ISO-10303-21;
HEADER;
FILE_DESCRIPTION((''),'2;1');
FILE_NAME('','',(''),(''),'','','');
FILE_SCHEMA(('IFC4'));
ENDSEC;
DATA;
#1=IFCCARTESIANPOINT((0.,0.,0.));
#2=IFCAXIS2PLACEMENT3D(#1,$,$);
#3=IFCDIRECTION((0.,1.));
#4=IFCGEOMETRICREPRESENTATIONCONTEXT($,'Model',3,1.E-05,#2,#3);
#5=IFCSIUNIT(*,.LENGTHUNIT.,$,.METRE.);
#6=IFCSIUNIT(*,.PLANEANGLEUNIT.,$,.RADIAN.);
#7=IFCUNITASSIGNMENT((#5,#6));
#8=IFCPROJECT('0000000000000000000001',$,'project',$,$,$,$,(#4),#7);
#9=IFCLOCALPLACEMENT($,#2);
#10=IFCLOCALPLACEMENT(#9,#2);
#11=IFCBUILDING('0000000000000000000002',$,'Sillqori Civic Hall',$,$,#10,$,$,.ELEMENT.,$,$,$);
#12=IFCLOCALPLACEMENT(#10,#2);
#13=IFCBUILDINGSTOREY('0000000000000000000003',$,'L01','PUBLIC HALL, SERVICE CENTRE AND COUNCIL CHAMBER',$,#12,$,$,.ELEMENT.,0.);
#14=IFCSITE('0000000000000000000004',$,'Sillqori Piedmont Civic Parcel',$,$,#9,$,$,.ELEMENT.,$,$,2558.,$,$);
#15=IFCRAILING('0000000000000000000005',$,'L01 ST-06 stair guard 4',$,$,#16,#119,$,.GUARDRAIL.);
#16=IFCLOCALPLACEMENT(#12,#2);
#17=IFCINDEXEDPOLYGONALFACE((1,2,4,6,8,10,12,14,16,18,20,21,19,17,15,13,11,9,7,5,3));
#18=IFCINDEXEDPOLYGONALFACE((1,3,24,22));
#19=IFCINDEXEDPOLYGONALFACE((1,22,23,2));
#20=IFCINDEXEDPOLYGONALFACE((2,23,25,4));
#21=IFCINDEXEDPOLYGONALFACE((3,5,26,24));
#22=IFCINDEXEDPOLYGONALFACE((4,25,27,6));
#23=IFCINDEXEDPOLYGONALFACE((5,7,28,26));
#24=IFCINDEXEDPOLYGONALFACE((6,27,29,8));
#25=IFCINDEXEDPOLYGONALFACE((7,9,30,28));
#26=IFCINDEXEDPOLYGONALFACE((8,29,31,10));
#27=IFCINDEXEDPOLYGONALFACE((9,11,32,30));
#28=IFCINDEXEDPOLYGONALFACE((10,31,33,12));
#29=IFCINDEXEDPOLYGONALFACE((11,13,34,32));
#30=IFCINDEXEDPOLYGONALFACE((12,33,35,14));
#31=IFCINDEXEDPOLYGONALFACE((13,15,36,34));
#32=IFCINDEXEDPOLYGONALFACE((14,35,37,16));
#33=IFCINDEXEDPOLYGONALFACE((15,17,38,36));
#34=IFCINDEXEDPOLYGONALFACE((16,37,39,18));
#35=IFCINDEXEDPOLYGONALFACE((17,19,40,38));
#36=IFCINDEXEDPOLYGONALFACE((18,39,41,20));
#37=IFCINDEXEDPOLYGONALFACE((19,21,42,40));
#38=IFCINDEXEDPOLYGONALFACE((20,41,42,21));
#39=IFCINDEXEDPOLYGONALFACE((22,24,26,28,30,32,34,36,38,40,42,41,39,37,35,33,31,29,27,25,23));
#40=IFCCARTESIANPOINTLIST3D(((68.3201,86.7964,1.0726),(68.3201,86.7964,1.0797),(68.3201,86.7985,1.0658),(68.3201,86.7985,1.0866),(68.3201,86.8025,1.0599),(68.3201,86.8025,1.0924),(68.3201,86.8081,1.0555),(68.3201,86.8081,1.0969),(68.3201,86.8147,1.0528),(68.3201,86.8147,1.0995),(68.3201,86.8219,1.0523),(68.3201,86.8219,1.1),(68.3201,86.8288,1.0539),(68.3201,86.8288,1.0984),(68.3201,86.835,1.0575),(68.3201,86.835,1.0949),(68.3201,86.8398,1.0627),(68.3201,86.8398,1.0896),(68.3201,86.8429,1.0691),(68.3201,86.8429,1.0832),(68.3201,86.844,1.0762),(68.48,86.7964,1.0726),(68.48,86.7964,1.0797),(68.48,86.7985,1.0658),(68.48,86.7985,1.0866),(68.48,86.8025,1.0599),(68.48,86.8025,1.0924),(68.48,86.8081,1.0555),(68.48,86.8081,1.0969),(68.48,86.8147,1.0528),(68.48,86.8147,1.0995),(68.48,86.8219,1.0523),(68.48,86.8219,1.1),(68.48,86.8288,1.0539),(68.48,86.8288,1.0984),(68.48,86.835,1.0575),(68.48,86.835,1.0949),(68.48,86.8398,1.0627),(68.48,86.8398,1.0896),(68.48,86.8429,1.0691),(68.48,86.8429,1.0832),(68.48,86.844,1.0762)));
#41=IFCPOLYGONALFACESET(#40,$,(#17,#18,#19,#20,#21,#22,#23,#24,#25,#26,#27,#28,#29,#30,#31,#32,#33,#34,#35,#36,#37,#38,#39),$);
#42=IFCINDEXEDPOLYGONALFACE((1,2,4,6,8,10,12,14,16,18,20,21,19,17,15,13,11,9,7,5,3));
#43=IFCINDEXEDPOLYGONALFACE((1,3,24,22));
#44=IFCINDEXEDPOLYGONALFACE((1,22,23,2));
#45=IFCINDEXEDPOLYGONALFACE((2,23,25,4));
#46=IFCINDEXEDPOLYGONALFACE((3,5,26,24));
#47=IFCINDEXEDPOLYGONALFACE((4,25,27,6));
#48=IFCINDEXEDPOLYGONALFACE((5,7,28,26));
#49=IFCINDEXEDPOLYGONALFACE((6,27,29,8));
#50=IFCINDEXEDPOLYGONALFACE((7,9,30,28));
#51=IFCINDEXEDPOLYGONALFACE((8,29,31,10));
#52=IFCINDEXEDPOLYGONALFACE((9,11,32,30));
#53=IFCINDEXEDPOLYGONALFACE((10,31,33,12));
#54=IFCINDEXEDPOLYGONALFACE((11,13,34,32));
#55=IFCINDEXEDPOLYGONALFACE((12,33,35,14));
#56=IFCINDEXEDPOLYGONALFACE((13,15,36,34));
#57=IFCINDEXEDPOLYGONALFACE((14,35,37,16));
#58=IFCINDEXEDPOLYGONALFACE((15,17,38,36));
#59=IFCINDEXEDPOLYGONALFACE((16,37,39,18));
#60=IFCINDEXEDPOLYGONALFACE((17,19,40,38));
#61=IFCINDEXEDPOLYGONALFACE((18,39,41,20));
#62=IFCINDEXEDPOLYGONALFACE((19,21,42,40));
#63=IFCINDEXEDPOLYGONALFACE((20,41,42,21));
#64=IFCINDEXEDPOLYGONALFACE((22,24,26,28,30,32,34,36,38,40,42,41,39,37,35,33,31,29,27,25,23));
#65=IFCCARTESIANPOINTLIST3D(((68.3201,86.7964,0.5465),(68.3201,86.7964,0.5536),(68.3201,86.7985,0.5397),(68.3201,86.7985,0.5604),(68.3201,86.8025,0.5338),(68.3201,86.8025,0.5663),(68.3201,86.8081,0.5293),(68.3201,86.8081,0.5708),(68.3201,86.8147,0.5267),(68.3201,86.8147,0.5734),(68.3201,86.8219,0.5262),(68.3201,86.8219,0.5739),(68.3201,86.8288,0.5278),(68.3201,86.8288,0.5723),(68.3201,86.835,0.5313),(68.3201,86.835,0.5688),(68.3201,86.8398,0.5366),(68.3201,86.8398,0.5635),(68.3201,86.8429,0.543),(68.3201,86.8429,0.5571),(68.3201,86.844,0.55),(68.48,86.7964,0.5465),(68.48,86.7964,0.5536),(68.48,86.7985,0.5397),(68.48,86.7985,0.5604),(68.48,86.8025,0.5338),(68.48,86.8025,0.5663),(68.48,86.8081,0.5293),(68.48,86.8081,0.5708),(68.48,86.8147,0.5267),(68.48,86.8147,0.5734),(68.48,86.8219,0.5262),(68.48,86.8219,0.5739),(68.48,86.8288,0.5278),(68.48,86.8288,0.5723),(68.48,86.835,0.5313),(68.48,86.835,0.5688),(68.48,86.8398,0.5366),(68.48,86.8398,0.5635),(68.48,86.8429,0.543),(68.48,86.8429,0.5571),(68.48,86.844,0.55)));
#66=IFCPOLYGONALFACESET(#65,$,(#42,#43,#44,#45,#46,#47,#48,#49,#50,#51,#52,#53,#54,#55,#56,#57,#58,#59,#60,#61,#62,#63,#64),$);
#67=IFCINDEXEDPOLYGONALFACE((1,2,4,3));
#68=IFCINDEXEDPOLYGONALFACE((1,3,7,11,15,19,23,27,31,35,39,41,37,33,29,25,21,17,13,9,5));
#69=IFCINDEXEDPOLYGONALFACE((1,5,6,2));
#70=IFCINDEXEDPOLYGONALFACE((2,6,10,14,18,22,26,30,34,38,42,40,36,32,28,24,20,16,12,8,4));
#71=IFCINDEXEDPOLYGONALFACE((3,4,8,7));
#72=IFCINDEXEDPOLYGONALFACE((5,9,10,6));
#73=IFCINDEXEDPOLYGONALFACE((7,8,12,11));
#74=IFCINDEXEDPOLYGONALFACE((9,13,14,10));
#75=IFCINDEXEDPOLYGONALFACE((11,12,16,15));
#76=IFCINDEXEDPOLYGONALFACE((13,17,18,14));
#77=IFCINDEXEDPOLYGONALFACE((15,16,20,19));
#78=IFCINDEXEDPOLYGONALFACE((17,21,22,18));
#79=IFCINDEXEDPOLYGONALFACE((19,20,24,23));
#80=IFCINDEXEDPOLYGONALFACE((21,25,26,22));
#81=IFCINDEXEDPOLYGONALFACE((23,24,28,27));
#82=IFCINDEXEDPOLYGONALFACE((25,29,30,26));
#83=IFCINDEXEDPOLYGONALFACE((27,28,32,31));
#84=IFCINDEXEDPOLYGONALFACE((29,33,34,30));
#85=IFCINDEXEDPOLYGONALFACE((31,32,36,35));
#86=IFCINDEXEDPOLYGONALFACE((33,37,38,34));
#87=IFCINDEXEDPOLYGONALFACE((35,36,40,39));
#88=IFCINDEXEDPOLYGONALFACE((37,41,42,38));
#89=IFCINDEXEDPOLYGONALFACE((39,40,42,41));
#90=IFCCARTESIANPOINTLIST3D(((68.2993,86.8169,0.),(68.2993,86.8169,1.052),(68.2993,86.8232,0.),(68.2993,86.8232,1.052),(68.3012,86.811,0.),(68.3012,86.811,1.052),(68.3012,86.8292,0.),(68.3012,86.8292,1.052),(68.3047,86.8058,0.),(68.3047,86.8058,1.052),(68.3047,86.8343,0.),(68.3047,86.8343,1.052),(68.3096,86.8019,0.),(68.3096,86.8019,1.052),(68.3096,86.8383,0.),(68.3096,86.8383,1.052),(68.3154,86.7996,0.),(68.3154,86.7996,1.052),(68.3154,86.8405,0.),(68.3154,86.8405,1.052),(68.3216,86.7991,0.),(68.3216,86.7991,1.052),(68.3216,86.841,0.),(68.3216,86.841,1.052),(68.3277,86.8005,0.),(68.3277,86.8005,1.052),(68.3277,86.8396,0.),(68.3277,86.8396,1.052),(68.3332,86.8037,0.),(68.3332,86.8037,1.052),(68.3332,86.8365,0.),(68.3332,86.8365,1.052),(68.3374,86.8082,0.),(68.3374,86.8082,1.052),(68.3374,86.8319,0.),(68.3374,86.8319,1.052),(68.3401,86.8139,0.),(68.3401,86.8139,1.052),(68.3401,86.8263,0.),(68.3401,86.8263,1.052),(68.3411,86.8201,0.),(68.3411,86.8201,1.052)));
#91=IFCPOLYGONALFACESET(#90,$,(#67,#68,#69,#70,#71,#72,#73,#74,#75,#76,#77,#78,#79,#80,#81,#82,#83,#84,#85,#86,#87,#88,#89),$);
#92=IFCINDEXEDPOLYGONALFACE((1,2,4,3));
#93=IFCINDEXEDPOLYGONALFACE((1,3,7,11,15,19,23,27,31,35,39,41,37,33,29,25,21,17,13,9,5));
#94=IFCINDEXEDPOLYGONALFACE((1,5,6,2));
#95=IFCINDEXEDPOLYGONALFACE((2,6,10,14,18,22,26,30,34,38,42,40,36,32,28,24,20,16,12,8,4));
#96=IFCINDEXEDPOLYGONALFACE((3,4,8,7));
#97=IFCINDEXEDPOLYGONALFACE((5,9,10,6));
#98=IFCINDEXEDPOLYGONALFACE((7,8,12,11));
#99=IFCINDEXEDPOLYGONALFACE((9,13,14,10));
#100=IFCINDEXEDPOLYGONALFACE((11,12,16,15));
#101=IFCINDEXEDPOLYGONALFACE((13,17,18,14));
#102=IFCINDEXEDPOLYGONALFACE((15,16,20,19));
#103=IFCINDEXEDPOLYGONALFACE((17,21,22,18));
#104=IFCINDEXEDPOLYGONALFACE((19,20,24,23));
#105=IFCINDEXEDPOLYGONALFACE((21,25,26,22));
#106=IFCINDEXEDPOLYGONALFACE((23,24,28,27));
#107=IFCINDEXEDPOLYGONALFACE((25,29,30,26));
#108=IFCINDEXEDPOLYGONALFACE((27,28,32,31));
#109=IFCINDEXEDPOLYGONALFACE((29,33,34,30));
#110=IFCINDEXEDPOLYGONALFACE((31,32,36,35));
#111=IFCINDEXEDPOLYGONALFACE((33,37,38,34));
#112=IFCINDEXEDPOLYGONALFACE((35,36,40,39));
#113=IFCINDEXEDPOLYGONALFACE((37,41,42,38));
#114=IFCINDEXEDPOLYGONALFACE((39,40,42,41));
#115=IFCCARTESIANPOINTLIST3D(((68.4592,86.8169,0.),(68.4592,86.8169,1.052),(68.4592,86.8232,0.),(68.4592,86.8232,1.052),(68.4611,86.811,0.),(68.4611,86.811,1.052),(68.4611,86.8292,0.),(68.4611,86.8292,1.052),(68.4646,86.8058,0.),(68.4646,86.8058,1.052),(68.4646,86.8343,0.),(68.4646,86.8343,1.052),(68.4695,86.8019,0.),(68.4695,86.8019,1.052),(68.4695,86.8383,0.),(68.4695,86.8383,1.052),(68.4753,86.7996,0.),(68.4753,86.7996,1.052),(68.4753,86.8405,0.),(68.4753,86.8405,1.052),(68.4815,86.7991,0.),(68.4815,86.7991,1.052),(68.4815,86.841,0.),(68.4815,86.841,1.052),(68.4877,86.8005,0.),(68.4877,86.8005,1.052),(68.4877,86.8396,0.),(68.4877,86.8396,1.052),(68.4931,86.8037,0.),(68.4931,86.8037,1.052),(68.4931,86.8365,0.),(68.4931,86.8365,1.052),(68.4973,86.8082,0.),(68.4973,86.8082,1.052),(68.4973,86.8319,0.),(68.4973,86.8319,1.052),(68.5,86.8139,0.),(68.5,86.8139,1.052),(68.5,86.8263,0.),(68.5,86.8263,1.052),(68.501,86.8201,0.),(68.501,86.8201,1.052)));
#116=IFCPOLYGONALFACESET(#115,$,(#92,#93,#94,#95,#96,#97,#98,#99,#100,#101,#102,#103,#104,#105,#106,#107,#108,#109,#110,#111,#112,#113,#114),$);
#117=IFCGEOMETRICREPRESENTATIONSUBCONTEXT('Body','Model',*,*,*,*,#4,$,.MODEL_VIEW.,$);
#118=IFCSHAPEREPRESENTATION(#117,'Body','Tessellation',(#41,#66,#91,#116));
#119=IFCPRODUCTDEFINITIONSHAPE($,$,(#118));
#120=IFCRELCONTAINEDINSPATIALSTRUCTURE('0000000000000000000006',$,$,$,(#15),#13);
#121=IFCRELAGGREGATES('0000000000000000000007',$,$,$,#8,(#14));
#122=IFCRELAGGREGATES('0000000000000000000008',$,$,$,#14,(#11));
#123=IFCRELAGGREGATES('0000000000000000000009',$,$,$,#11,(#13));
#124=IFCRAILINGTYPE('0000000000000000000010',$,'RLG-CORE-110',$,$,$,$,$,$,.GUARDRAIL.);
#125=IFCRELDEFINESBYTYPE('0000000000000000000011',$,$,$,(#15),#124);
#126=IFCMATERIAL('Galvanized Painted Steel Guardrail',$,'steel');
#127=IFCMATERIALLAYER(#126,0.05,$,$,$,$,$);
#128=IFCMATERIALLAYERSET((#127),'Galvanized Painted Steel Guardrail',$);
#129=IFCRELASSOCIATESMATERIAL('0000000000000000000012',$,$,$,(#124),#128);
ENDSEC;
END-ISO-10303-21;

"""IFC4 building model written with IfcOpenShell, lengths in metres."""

from ifc_helpers import new_model, si_unit, direction, frame, origin, origin_2d, place, context, subcontext, project, spatial, circle, extrude, material, layer, layer_set, type_object, element, save


model = new_model("IFC4")

# Units and contexts
model_context = context("Model", 3, precision=1e-05, world=origin(), true_north=direction((0.0, 1.0)))
body_context = subcontext(model_context, "Body", "Model", "MODEL_VIEW")
ifc_project = project(units=[si_unit("LENGTHUNIT", "METRE"), si_unit("PLANEANGLEUNIT", "RADIAN")], contexts=[model_context])

# Site, building, storey
site_placement = place(None, origin())
site = spatial("IfcSite", under=ifc_project, at=site_placement, Name="Sillqori Piedmont Civic Parcel", CompositionType="ELEMENT", RefElevation=2558.0)
building_placement = place(site_placement, origin())
building = spatial("IfcBuilding", under=site, at=building_placement, Name="Sillqori Civic Hall", CompositionType="ELEMENT")
storey_placement = place(building_placement, origin())
storey = spatial("IfcBuildingStorey", under=building, at=storey_placement, Name="L01", Description="PUBLIC HALL, SERVICE CENTRE AND COUNCIL CHAMBER", CompositionType="ELEMENT", Elevation=0.0)

# Railing
ifc_material_1 = material(Name="Galvanized Painted Steel Guardrail", Category="steel")
ifc_layer_1 = layer(ifc_material_1, 0.05)
ifc_layer_set_1 = layer_set([ifc_layer_1], Name="Galvanized Painted Steel Guardrail")
railing_type_1 = type_object("IfcRailingType", Name="RLG-CORE-110", PredefinedType="GUARDRAIL", material=ifc_layer_set_1)
railing_1_placement = place(storey_placement, frame((68.3201, 86.8201, 0.0)))
element("IfcRailing", 1, at=railing_1_placement, inside=storey, type_object=railing_type_1, Name="L01 ST-06 stair guard 4", PredefinedType="GUARDRAIL", context=body_context, shape_type="SweptSolid", body=[
    extrude(circle(Radius=0.0239, at=origin_2d()), frame((0.0, 0.0, 1.0762), z_axis=(1.0, 0.0, 0.0), x_axis=(0.0, 1.0, 0.0)), (0.0, 0.0, 1.0), 0.1599),
    extrude(circle(Radius=0.0239, at=origin_2d()), frame((0.0, 0.0, 0.55), z_axis=(1.0, 0.0, 0.0), x_axis=(0.0, 1.0, 0.0)), (0.0, 0.0, 1.0), 0.1599),
    extrude(circle(Radius=0.021, at=origin_2d()), origin(), (0.0, 0.0, 1.0), 1.052),
    extrude(circle(Radius=0.021, at=origin_2d()), frame((0.1599, 0.0, 0.0)), (0.0, 0.0, 1.0), 1.052),
])

save(model, "model.ifc")
